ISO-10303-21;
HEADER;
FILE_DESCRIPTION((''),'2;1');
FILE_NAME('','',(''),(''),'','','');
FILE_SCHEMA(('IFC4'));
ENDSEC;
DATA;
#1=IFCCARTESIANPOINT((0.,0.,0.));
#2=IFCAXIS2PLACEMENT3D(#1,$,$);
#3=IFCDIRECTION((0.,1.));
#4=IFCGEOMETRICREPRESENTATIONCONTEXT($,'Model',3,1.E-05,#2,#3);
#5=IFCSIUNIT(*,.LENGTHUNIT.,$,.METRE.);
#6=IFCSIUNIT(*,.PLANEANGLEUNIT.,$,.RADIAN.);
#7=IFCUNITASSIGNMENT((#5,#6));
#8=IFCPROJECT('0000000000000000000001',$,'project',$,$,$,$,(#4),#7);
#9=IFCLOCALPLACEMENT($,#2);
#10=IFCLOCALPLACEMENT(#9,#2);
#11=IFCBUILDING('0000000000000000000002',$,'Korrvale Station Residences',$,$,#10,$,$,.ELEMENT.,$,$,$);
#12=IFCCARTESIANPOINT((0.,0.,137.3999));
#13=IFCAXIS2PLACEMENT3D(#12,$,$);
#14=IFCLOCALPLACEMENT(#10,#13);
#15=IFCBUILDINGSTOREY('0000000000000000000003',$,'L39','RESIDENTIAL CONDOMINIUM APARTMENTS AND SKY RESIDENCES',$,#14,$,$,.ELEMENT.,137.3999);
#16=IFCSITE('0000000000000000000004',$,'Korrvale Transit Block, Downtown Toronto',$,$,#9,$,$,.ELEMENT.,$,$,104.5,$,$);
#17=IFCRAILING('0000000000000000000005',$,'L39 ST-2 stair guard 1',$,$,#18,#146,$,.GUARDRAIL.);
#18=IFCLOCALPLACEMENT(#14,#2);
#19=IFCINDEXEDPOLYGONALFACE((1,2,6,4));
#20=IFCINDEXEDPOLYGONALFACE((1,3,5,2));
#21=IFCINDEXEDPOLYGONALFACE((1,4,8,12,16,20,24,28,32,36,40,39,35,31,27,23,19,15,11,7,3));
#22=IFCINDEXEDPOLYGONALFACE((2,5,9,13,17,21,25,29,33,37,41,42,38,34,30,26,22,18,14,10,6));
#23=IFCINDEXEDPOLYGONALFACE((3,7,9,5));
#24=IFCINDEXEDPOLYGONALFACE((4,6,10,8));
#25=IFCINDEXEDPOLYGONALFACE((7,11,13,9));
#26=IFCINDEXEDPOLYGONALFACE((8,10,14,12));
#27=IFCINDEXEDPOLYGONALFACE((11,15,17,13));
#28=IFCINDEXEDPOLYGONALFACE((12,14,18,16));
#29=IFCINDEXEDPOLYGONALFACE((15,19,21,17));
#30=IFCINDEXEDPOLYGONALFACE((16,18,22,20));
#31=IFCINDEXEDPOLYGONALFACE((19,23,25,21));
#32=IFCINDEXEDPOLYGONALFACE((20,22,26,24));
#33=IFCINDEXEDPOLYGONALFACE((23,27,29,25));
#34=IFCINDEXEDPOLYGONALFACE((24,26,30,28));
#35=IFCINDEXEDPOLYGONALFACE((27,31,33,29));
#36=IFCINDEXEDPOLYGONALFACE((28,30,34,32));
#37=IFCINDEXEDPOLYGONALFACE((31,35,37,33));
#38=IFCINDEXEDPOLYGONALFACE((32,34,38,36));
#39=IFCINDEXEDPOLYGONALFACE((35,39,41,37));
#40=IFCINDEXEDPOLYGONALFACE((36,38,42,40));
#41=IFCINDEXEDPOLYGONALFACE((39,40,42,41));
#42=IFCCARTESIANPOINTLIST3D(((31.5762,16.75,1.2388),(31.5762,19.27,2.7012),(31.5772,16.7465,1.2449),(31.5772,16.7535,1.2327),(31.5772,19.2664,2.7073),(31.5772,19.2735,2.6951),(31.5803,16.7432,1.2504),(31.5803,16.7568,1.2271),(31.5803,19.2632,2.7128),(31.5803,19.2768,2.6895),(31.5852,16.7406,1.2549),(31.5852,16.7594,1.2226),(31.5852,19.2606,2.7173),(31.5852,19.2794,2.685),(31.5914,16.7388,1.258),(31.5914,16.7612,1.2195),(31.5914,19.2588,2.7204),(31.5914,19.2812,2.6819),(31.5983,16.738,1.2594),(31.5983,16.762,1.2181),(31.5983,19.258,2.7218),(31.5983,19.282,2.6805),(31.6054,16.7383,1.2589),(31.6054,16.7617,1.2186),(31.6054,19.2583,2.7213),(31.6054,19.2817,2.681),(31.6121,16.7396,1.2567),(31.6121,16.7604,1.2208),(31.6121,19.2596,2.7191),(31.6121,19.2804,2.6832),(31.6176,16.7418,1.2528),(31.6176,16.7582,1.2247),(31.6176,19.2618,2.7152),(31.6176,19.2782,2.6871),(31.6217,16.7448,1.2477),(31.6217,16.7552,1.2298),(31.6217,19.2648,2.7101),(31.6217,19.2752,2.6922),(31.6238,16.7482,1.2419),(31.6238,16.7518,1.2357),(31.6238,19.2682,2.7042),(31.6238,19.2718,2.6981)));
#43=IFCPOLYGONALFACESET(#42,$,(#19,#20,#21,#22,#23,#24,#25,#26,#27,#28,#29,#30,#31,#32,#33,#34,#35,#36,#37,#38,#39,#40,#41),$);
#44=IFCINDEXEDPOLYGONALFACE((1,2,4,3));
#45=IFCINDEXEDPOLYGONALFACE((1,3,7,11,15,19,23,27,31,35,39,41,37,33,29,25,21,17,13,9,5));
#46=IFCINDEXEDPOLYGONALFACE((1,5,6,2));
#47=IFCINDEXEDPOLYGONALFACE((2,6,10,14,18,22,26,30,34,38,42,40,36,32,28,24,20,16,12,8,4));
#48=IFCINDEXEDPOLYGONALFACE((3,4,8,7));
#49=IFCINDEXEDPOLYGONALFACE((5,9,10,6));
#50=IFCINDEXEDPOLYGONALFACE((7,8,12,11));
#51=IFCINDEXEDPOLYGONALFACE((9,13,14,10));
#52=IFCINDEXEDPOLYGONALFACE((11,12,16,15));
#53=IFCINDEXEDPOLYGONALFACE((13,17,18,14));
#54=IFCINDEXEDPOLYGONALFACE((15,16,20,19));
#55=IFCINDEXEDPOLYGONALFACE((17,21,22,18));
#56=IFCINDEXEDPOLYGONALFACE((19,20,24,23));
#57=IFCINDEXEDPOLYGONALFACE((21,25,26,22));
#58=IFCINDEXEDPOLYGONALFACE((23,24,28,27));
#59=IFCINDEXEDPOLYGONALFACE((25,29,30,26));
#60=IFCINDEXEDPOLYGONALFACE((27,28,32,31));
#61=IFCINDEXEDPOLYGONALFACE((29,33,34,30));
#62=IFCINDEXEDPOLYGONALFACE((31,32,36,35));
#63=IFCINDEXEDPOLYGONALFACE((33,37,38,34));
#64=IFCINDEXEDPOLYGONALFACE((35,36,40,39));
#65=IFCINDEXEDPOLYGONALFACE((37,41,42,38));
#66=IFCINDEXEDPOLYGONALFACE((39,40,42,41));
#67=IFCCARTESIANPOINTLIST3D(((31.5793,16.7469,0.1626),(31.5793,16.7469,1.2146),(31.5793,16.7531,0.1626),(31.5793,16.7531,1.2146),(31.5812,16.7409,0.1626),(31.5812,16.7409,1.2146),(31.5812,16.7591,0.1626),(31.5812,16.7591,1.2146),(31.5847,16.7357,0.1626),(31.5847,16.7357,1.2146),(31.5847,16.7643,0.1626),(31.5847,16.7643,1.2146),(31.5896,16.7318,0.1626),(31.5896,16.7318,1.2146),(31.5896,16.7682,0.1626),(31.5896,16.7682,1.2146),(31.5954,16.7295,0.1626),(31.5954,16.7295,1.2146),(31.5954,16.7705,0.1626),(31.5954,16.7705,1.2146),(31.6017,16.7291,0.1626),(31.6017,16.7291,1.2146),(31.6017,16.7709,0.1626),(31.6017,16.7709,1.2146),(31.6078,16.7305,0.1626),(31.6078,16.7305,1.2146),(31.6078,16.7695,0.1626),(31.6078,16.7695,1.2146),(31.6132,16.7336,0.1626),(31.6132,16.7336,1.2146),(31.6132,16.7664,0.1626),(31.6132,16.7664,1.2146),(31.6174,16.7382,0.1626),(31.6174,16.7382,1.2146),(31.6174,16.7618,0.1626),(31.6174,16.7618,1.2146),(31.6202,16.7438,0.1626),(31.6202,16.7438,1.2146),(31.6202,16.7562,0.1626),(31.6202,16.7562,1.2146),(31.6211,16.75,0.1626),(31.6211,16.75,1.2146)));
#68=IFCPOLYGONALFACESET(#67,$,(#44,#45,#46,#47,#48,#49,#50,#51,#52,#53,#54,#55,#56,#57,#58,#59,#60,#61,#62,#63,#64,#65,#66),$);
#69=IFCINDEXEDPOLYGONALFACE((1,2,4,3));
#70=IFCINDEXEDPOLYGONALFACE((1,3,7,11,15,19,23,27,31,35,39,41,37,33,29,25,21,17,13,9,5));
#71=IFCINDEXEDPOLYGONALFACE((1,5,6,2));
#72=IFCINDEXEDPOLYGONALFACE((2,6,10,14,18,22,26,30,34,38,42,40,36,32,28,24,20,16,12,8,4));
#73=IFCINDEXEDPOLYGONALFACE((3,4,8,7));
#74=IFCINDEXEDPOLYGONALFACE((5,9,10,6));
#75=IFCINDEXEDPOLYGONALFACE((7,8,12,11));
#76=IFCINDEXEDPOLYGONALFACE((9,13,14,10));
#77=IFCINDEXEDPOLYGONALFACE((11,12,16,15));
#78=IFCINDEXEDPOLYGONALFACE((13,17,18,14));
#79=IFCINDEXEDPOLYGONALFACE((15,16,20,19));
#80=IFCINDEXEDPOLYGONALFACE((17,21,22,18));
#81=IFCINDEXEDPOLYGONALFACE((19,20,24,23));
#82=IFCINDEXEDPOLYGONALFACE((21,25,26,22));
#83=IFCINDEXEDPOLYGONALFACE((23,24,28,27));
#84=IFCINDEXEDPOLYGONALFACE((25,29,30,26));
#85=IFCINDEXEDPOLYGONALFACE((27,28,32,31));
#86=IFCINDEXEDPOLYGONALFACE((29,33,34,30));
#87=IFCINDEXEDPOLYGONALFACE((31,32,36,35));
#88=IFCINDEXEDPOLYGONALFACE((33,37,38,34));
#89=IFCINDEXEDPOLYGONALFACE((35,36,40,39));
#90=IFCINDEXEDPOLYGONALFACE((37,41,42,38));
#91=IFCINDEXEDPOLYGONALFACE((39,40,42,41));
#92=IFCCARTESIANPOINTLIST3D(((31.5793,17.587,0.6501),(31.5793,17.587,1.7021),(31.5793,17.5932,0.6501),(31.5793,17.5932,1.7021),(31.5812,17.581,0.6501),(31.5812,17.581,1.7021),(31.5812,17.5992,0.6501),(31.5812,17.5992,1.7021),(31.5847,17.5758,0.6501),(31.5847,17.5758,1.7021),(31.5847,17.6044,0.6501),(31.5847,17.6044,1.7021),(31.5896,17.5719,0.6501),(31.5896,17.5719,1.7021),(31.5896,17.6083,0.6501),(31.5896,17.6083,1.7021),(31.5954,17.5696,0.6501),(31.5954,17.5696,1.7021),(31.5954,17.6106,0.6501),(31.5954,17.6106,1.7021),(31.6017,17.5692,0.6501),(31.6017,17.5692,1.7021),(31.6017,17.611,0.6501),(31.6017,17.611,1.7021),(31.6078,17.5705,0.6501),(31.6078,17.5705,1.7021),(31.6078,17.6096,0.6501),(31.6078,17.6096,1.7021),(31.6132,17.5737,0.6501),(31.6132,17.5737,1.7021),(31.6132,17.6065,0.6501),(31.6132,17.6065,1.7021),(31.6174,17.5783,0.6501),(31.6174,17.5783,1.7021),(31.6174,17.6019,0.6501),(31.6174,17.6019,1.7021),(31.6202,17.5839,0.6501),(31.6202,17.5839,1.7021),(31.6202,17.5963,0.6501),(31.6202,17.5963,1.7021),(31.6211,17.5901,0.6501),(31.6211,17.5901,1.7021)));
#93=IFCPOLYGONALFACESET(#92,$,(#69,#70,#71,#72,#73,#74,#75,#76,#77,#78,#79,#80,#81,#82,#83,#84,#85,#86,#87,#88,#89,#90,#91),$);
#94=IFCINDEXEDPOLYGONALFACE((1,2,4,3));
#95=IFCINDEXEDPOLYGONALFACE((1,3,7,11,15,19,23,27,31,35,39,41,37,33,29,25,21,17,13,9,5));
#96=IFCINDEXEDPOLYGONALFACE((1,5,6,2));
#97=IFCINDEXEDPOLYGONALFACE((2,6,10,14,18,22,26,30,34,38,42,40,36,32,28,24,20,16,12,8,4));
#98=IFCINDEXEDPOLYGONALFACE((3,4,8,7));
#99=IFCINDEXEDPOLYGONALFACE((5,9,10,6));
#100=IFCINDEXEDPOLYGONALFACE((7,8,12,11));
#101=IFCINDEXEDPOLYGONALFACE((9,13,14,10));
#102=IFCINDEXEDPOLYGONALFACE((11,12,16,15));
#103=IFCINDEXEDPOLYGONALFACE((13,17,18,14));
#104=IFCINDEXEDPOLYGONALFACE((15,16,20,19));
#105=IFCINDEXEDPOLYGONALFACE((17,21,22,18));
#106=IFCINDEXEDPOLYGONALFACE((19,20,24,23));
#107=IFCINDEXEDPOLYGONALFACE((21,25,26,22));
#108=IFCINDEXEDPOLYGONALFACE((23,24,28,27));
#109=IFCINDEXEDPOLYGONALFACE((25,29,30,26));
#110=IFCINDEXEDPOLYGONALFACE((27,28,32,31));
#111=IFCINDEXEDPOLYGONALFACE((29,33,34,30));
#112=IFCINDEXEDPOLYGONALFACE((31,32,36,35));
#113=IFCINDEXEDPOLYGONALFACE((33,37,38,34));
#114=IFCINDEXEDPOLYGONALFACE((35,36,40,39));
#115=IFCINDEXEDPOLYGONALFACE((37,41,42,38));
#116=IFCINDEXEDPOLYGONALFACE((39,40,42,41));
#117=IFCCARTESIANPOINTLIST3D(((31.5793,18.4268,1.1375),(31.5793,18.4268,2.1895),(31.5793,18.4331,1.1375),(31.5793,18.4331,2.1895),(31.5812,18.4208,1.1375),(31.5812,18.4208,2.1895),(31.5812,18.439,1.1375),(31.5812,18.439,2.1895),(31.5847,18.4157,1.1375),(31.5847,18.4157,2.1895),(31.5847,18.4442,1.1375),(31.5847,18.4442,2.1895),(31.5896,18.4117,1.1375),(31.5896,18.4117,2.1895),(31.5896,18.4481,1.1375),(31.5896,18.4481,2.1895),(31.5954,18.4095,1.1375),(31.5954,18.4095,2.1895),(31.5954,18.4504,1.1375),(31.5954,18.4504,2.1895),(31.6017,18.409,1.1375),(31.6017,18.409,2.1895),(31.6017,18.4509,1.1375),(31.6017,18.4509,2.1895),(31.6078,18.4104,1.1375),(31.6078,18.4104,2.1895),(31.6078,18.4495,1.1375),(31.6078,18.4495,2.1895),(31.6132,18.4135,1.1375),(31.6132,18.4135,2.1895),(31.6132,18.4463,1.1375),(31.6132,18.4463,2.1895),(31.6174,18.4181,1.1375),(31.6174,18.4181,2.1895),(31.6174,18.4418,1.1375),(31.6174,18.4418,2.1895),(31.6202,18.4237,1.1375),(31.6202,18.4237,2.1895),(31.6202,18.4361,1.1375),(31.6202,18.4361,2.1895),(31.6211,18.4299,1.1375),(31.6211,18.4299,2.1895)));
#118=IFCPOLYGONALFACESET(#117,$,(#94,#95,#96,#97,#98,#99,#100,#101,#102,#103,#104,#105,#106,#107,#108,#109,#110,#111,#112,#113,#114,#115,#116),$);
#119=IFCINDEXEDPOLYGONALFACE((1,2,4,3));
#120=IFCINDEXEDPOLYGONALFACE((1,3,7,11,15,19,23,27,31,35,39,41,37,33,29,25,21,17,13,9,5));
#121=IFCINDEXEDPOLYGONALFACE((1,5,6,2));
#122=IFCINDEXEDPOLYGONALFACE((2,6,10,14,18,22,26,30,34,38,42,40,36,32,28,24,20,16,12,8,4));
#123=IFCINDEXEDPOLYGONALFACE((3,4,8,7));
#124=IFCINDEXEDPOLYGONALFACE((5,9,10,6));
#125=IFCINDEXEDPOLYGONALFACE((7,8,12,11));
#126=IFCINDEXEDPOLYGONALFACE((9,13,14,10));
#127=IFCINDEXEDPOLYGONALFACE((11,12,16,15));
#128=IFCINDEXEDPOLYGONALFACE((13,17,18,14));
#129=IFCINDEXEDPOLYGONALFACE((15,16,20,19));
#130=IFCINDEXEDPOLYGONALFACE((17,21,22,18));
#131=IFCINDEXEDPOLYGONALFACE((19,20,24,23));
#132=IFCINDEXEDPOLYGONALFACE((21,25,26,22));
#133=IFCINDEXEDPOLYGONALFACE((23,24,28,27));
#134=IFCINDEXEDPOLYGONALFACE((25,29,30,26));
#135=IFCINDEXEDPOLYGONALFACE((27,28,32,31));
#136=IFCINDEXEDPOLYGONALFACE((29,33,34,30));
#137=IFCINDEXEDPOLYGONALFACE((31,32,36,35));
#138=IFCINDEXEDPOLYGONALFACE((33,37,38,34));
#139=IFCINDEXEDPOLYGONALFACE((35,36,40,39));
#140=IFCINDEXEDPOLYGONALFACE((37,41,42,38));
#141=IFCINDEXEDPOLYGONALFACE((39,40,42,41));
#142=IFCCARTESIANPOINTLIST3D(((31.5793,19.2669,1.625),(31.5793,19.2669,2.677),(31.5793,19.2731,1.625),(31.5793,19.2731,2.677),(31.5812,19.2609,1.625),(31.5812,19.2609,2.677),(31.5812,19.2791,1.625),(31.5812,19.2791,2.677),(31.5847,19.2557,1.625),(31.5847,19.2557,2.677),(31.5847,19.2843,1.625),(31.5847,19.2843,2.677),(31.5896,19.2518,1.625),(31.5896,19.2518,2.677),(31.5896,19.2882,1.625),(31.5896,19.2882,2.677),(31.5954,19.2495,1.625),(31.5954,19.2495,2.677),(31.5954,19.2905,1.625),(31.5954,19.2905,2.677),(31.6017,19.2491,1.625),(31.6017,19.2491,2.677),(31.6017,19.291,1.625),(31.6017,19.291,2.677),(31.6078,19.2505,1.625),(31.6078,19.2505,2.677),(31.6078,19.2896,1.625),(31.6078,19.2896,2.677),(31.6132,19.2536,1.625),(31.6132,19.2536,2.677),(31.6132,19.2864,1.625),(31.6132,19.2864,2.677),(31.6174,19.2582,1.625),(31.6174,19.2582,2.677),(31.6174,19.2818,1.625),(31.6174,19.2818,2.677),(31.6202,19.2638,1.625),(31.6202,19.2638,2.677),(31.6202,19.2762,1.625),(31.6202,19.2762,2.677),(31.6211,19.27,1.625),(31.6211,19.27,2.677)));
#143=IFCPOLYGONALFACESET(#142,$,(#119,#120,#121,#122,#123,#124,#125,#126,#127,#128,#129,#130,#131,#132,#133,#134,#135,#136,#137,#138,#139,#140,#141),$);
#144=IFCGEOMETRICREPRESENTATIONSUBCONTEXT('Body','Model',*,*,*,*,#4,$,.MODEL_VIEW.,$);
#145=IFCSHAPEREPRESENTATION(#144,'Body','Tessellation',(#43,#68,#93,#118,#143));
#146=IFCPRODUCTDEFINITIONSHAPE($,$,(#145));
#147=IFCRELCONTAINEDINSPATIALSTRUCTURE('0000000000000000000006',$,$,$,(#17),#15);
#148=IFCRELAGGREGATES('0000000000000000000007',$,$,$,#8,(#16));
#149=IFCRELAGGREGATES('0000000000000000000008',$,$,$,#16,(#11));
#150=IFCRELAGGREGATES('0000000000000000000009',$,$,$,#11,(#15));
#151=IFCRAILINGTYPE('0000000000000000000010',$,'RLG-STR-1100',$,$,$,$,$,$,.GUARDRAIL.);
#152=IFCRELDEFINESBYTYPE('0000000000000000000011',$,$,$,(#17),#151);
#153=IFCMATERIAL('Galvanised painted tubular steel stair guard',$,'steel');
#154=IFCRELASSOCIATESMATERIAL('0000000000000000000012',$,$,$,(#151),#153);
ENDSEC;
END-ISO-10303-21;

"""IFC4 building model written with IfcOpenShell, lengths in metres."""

from ifc_helpers import new_model, si_unit, direction, frame, origin, origin_2d, place, context, subcontext, project, spatial, circle, extrude, material, type_object, element, save


model = new_model("IFC4")

# Units and contexts
model_context = context("Model", 3, precision=1e-05, world=origin(), true_north=direction((0.0, 1.0)))
body_context = subcontext(model_context, "Body", "Model", "MODEL_VIEW")
ifc_project = project(units=[si_unit("LENGTHUNIT", "METRE"), si_unit("PLANEANGLEUNIT", "RADIAN")], contexts=[model_context])

# Site, building, storey
site_placement = place(None, origin())
site = spatial("IfcSite", under=ifc_project, at=site_placement, Name="Korrvale Transit Block, Downtown Toronto", CompositionType="ELEMENT", RefElevation=104.5)
building_placement = place(site_placement, origin())
building = spatial("IfcBuilding", under=site, at=building_placement, Name="Korrvale Station Residences", CompositionType="ELEMENT")
storey_placement = place(building_placement, frame((0.0, 0.0, 137.3999)))
storey = spatial("IfcBuildingStorey", under=building, at=storey_placement, Name="L39", Description="RESIDENTIAL CONDOMINIUM APARTMENTS AND SKY RESIDENCES", CompositionType="ELEMENT", Elevation=137.3999)

# Railing
ifc_material_1 = material(Name="Galvanised painted tubular steel stair guard", Category="steel")
railing_type_1 = type_object("IfcRailingType", Name="RLG-STR-1100", PredefinedType="GUARDRAIL", material=ifc_material_1)
railing_1_placement = place(storey_placement, frame((31.6001, 16.75, 0.1626)))
element("IfcRailing", 1, at=railing_1_placement, inside=storey, type_object=railing_type_1, Name="L39 ST-2 stair guard 1", PredefinedType="GUARDRAIL", context=body_context, shape_type="SweptSolid", body=[
    extrude(circle(Radius=0.0239, at=origin_2d()), frame((0.0, 0.0, 1.0762), z_axis=(0.0, 0.864913, 0.501921), x_axis=(-1.0, 0.0, 0.0)), (0.0, 0.0, 1.0), 2.9136),
    extrude(circle(Radius=0.021, at=origin_2d()), origin(), (0.0, 0.0, 1.0), 1.052),
    extrude(circle(Radius=0.021, at=origin_2d()), frame((0.0, 0.8401, 0.4875)), (0.0, 0.0, 1.0), 1.052),
    extrude(circle(Radius=0.021, at=origin_2d()), frame((0.0, 1.6799, 0.9749)), (0.0, 0.0, 1.0), 1.052),
    extrude(circle(Radius=0.021, at=origin_2d()), frame((0.0, 2.52, 1.4624)), (0.0, 0.0, 1.0), 1.052),
])

save(model, "model.ifc")
